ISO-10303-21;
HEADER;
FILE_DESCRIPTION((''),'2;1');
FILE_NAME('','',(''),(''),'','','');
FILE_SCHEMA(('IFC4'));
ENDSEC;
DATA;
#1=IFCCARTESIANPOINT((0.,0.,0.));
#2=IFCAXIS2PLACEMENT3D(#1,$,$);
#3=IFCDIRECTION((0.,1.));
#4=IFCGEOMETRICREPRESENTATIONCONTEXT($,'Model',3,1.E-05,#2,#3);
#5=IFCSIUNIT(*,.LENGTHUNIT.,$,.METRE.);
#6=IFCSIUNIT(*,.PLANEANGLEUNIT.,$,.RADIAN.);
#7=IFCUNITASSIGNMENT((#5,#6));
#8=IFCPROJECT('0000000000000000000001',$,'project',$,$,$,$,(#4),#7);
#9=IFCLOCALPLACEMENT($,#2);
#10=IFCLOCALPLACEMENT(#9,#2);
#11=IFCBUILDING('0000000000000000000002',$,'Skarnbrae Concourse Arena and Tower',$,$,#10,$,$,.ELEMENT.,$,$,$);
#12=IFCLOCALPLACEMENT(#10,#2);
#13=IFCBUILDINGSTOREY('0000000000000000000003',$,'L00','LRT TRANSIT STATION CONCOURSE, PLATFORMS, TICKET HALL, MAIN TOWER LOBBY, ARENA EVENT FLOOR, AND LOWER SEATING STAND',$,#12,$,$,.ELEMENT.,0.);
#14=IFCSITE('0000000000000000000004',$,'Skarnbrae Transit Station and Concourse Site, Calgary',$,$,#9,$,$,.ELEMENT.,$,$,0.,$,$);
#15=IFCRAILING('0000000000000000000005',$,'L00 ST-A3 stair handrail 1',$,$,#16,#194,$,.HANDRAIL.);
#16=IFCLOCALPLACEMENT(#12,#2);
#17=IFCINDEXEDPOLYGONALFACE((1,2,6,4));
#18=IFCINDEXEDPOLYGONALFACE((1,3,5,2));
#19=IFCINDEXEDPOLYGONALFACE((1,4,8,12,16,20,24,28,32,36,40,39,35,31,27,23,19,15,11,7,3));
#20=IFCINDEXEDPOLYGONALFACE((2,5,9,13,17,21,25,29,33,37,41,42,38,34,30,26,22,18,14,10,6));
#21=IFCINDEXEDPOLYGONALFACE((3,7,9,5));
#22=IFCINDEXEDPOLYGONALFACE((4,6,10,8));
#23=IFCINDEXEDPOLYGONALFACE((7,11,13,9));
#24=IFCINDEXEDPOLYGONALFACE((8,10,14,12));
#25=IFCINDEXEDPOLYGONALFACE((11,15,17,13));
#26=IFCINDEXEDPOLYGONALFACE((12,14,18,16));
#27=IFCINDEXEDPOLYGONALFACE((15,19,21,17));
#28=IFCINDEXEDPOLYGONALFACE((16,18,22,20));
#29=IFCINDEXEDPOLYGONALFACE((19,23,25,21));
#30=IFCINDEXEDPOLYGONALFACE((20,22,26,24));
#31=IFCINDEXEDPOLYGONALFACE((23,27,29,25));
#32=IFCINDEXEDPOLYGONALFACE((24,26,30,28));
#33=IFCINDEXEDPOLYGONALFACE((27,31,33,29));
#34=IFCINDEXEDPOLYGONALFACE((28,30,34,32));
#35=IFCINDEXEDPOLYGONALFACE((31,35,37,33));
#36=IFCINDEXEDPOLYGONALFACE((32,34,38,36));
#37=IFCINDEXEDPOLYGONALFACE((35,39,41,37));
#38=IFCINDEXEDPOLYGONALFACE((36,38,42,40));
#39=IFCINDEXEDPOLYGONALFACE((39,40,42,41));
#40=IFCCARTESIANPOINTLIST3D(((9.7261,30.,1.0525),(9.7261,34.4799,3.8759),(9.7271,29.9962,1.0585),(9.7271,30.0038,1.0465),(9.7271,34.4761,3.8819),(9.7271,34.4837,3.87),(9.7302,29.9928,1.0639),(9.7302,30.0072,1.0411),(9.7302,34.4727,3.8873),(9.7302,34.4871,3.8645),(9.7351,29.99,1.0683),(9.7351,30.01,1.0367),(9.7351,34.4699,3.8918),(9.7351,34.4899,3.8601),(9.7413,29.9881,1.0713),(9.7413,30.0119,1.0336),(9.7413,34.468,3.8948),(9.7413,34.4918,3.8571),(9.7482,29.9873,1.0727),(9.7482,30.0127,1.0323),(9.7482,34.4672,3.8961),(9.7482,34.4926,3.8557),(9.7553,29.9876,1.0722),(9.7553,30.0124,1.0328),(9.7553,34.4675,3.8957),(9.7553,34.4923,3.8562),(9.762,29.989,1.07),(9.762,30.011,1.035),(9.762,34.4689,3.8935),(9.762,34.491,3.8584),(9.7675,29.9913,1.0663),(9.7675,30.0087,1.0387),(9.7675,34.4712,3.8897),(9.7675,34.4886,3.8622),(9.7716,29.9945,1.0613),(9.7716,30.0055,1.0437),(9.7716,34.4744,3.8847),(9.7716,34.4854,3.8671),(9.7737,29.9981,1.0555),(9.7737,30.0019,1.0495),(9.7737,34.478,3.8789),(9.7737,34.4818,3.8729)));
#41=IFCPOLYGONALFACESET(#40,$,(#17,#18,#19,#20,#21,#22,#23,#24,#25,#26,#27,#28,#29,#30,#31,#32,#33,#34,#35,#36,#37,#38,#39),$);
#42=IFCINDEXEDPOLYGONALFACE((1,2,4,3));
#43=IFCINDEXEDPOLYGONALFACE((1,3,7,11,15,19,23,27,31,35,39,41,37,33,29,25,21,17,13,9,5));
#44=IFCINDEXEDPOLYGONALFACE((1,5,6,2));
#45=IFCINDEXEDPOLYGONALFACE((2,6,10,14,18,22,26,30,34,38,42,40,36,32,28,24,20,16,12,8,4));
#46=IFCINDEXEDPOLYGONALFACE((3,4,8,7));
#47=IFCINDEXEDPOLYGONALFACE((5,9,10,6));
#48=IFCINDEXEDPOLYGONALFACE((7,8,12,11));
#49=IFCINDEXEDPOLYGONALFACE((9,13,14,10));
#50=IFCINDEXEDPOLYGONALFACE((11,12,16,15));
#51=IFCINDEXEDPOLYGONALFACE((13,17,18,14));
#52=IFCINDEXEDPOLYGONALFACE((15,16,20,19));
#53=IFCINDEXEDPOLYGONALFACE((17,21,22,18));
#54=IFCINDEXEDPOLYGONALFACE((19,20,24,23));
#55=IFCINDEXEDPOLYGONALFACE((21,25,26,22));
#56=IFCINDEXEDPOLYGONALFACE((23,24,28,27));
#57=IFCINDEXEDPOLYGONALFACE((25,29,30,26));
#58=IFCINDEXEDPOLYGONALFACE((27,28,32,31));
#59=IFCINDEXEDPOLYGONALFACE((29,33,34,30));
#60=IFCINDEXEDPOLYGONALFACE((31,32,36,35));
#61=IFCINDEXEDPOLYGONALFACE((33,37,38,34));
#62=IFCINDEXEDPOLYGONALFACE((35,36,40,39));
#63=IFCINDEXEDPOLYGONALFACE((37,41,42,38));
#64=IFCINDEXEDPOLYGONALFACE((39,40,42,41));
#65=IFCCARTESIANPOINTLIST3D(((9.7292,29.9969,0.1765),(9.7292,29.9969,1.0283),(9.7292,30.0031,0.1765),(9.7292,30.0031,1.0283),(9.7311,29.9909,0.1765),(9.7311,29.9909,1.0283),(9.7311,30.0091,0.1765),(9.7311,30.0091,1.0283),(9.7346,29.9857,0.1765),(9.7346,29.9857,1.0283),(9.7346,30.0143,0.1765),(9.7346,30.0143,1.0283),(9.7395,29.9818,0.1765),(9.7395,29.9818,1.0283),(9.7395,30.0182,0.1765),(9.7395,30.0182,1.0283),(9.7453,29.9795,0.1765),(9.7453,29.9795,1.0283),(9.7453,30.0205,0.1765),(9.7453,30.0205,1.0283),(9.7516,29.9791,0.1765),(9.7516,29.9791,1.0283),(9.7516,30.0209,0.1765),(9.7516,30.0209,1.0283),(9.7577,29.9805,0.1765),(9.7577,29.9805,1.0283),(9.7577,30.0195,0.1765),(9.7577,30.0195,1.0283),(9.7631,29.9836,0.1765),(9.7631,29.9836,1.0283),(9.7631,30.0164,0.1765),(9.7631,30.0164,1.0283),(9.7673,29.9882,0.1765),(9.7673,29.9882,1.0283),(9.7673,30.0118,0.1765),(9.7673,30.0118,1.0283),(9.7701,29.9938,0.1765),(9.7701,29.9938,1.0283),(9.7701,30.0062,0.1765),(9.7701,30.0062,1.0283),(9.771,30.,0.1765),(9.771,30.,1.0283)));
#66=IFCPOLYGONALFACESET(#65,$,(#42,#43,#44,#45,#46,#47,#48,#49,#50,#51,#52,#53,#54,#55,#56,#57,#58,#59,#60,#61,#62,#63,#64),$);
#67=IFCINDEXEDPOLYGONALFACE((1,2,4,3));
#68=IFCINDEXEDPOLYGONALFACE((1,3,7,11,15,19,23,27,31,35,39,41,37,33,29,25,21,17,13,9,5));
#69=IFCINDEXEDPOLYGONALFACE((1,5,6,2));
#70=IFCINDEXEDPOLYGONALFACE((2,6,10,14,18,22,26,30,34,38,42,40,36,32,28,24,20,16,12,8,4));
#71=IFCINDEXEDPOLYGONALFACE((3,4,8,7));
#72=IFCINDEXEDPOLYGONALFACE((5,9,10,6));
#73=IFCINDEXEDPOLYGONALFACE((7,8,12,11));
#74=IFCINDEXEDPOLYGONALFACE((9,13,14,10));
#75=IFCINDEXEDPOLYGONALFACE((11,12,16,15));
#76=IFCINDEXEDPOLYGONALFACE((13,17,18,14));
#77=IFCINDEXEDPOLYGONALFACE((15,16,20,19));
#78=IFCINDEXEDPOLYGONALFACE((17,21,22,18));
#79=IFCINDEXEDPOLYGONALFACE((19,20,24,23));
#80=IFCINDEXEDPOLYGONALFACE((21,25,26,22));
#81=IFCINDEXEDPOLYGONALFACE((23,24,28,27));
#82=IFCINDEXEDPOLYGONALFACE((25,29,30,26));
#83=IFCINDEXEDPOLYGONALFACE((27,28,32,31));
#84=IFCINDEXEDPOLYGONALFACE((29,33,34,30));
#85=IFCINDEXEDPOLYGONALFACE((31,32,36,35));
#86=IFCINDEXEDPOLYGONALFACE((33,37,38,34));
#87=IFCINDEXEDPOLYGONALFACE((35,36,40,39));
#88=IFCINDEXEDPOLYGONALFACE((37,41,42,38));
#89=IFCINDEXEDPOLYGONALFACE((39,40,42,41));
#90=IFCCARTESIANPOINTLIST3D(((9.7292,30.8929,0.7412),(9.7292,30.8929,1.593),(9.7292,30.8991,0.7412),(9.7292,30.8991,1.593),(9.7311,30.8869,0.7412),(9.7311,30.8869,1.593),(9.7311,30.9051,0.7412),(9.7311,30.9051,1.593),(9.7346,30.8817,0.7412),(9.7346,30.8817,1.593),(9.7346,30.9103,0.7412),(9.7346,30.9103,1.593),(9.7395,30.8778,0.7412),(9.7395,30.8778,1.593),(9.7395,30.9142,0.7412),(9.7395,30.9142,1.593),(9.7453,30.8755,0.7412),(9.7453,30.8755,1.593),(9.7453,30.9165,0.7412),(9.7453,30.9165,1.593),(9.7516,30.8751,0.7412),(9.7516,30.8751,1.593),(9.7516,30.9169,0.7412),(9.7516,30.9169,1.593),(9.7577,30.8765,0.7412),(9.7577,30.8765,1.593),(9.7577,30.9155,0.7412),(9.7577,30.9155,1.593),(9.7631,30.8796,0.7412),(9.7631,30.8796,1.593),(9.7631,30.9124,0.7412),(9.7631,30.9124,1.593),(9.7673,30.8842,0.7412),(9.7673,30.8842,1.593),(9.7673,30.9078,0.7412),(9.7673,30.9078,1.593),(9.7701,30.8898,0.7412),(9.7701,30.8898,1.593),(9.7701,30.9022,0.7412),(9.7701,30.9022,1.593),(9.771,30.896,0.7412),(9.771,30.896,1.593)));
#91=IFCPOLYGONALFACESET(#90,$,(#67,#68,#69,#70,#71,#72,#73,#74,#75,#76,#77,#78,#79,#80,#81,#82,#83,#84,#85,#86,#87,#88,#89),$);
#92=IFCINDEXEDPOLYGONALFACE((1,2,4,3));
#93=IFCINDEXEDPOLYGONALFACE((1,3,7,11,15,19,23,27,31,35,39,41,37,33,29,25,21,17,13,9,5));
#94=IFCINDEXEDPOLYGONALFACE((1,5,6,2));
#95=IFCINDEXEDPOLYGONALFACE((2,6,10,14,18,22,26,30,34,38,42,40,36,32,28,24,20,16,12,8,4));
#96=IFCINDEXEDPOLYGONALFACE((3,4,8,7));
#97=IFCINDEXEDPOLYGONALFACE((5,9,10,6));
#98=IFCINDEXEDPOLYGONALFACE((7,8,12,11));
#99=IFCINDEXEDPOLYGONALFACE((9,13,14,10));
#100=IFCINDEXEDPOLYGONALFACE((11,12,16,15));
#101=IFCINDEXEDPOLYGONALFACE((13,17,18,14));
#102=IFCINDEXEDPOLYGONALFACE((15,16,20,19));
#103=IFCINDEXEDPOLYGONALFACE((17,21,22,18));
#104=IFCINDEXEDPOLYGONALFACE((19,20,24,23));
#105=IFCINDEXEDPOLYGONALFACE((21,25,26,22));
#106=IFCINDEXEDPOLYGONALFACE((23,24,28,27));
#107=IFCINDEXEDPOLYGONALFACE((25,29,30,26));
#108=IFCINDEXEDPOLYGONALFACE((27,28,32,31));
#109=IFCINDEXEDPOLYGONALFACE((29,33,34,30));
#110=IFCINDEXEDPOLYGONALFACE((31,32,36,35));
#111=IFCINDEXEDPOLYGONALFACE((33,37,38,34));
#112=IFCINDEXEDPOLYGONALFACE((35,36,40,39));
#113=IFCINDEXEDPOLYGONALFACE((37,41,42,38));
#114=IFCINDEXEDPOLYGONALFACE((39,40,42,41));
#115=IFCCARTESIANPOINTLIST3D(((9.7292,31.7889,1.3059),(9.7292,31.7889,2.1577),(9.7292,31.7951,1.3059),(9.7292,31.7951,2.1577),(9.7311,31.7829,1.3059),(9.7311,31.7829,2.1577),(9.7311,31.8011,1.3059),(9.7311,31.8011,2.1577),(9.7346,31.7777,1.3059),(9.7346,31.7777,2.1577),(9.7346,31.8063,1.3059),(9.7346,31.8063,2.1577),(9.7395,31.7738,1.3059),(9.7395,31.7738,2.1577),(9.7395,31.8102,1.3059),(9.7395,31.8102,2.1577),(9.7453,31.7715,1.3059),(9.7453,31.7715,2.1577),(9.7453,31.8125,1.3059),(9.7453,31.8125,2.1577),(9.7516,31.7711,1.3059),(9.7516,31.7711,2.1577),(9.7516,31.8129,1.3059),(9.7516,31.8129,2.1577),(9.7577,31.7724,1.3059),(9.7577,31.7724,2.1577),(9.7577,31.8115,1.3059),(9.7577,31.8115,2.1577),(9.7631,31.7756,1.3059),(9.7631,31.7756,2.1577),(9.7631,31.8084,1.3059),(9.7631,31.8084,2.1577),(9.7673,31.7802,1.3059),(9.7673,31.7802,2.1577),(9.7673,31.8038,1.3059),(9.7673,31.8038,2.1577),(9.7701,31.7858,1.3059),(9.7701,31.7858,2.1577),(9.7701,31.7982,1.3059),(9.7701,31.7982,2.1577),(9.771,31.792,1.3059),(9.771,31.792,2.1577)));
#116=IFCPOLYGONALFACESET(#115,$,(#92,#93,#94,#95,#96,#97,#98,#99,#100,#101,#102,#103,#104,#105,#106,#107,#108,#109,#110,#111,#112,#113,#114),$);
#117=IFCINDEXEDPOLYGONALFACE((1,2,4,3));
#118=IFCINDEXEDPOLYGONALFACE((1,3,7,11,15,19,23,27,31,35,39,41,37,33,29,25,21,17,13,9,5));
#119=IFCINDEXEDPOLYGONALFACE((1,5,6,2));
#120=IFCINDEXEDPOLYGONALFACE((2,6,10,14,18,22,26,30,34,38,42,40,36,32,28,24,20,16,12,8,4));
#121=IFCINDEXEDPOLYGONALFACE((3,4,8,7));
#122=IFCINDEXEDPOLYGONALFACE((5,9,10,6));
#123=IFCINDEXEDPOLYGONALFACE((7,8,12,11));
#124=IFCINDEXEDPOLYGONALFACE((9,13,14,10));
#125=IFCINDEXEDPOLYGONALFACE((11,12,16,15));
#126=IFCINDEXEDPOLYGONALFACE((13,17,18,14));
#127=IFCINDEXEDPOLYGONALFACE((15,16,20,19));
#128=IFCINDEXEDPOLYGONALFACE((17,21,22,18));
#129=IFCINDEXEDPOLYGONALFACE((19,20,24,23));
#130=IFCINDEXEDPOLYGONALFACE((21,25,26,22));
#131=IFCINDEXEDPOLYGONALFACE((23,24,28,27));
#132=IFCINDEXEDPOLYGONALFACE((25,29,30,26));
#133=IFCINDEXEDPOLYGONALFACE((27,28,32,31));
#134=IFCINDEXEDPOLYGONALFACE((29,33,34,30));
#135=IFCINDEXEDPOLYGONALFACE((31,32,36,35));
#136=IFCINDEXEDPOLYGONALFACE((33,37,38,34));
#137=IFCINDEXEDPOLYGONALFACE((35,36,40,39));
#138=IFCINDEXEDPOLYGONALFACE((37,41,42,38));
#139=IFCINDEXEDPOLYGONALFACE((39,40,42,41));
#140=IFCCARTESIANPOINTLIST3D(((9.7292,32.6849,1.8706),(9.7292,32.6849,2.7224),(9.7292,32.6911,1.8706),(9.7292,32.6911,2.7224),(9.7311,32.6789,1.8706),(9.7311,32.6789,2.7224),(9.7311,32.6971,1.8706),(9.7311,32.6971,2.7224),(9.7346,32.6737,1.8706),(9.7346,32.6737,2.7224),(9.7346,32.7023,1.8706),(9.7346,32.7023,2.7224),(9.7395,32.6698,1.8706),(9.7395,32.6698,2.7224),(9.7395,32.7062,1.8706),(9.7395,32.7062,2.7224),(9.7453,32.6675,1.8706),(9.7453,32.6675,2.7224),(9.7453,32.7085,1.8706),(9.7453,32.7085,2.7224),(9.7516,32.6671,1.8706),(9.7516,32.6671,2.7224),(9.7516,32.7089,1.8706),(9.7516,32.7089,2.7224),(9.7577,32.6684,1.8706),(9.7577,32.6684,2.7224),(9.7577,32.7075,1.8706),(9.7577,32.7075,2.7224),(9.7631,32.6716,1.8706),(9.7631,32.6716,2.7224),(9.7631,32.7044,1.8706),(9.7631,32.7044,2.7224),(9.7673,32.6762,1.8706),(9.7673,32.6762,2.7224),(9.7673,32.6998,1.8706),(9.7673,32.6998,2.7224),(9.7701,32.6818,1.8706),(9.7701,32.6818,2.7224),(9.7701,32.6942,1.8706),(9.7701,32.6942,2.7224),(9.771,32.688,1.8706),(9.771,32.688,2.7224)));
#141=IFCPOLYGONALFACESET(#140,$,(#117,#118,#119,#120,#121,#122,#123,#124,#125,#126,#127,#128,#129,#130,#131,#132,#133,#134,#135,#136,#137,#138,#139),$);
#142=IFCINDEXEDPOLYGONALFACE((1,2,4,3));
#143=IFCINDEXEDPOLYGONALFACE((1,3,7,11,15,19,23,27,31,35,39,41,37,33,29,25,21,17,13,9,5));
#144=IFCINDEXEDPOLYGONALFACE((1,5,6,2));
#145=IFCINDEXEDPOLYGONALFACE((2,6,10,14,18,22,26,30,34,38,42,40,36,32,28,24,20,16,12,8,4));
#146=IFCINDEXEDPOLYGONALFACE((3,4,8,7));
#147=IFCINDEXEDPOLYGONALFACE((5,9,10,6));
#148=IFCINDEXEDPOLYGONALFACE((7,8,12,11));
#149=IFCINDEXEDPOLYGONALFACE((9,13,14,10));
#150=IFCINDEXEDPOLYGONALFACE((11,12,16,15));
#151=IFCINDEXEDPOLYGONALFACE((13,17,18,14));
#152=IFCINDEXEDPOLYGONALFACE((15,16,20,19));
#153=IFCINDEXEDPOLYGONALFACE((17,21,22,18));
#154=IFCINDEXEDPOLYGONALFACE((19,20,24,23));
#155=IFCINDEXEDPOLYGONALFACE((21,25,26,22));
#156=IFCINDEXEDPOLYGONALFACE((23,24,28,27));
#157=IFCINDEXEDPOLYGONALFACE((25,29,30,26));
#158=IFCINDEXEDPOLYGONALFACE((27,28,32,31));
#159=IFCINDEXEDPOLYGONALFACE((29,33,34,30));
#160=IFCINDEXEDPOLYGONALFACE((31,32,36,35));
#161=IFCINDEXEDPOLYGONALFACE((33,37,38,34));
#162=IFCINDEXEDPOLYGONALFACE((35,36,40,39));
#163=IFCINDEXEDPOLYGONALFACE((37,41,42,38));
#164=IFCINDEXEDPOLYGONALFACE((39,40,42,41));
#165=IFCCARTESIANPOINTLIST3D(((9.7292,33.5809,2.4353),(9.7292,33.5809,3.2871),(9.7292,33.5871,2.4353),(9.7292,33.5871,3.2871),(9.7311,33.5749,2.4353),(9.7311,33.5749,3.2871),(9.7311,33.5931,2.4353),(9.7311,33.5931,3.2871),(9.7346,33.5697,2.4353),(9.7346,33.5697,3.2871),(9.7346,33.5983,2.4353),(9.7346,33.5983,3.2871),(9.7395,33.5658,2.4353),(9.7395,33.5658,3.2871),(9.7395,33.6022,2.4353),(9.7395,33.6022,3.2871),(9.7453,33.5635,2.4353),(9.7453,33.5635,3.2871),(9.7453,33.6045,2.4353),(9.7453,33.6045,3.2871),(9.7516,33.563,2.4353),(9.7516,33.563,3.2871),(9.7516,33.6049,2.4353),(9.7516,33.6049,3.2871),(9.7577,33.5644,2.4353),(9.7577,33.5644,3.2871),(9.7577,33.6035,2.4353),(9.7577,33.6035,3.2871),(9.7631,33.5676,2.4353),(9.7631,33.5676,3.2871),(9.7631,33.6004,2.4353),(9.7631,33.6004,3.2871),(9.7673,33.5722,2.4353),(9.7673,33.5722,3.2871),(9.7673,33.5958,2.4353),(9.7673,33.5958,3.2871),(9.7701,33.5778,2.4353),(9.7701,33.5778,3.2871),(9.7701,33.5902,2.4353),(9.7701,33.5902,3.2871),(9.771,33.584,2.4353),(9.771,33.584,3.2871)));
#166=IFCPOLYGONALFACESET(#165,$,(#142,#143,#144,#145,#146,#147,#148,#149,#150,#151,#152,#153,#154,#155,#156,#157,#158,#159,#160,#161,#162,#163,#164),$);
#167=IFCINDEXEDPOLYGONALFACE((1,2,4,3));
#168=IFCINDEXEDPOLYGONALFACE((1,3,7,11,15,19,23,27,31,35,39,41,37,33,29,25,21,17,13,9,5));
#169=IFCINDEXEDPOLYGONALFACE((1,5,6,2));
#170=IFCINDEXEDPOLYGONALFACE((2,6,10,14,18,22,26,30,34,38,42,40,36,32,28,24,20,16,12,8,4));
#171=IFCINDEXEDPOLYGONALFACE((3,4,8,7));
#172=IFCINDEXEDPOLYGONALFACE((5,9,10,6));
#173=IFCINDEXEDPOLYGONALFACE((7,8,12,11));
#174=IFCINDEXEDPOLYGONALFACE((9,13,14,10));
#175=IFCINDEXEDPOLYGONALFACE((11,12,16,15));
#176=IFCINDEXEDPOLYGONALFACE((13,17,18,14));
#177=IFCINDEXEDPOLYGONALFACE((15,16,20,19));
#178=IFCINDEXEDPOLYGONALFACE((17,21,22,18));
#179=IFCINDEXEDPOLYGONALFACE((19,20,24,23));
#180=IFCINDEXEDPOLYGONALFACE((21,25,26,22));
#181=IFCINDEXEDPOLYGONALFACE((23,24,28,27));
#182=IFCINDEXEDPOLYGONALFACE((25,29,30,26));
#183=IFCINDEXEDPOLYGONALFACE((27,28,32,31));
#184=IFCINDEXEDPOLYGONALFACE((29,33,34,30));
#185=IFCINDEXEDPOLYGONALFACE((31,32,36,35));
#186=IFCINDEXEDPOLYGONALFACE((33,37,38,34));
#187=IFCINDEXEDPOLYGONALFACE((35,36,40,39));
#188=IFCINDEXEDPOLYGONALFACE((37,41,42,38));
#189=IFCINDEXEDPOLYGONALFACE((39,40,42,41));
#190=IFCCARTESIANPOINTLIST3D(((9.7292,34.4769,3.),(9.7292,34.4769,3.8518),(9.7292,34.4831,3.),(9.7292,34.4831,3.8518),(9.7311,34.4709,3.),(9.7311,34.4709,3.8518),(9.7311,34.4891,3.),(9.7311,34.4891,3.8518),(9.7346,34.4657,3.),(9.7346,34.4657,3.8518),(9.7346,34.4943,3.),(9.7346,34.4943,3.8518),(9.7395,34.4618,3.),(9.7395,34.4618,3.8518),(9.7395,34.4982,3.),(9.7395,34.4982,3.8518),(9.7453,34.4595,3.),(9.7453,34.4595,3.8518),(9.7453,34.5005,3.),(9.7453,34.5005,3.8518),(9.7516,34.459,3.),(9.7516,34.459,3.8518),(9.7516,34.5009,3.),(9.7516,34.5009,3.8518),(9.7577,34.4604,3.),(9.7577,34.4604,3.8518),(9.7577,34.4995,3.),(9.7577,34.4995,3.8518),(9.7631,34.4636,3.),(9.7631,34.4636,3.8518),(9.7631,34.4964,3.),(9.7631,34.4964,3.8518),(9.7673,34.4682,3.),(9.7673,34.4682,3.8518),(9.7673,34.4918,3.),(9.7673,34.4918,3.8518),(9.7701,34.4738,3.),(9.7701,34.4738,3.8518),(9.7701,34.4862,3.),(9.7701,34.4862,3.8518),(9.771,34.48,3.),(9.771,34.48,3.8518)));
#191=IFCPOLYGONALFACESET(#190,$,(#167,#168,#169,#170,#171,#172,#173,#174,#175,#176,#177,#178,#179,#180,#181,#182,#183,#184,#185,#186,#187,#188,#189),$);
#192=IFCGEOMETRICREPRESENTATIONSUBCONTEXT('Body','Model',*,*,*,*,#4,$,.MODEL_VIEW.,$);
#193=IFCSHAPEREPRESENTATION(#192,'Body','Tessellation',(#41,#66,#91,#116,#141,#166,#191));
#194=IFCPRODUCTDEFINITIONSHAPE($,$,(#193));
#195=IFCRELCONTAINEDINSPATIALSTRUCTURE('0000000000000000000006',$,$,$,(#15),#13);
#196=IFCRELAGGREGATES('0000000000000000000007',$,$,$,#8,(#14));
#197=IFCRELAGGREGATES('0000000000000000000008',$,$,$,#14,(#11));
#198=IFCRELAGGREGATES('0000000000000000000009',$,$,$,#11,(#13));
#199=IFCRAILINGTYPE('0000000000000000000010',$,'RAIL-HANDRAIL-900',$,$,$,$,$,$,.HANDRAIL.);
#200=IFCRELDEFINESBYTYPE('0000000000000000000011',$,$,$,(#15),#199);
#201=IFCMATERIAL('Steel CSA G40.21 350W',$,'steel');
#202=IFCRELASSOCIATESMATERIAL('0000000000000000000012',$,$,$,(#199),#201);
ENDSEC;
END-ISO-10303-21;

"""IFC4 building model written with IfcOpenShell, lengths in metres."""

from ifc_helpers import new_model, si_unit, direction, frame, origin, origin_2d, place, context, subcontext, project, spatial, circle, extrude, material, type_object, element, save


model = new_model("IFC4")

# Units and contexts
model_context = context("Model", 3, precision=1e-05, world=origin(), true_north=direction((0.0, 1.0)))
body_context = subcontext(model_context, "Body", "Model", "MODEL_VIEW")
ifc_project = project(units=[si_unit("LENGTHUNIT", "METRE"), si_unit("PLANEANGLEUNIT", "RADIAN")], contexts=[model_context])

# Site, building, storey
site_placement = place(None, origin())
site = spatial("IfcSite", under=ifc_project, at=site_placement, Name="Skarnbrae Transit Station and Concourse Site, Calgary", CompositionType="ELEMENT", RefElevation=0.0)
building_placement = place(site_placement, origin())
building = spatial("IfcBuilding", under=site, at=building_placement, Name="Skarnbrae Concourse Arena and Tower", CompositionType="ELEMENT")
storey_placement = place(building_placement, origin())
storey = spatial("IfcBuildingStorey", under=building, at=storey_placement, Name="L00", Description="LRT TRANSIT STATION CONCOURSE, PLATFORMS, TICKET HALL, MAIN TOWER LOBBY, ARENA EVENT FLOOR, AND LOWER SEATING STAND", CompositionType="ELEMENT", Elevation=0.0)

# Shared definitions
ifc_material_1 = material(Name="Steel CSA G40.21 350W", Category="steel")

# Railing
railing_type_1 = type_object("IfcRailingType", Name="RAIL-HANDRAIL-900", PredefinedType="HANDRAIL", material=ifc_material_1)
railing_1_placement = place(storey_placement, frame((9.75, 30.0, 0.1765)))
element("IfcRailing", 1, at=railing_1_placement, inside=storey, type_object=railing_type_1, Name="L00 ST-A3 stair handrail 1", PredefinedType="HANDRAIL", context=body_context, shape_type="SweptSolid", body=[
    extrude(circle(Radius=0.0239, at=origin_2d()), frame((0.0, 0.0, 0.876), z_axis=(0.0, 0.845998, 0.533186), x_axis=(-1.0, 0.0, 0.0)), (0.0, 0.0, 1.0), 5.2954),
    extrude(circle(Radius=0.021, at=origin_2d()), origin(), (0.0, 0.0, 1.0), 0.8518),
    extrude(circle(Radius=0.021, at=origin_2d()), frame((0.0, 0.896, 0.5647)), (0.0, 0.0, 1.0), 0.8518),
    extrude(circle(Radius=0.021, at=origin_2d()), frame((0.0, 1.792, 1.1294)), (0.0, 0.0, 1.0), 0.8518),
    extrude(circle(Radius=0.021, at=origin_2d()), frame((0.0, 2.688, 1.6941)), (0.0, 0.0, 1.0), 0.8518),
    extrude(circle(Radius=0.021, at=origin_2d()), frame((0.0, 3.584, 2.2588)), (0.0, 0.0, 1.0), 0.8518),
    extrude(circle(Radius=0.021, at=origin_2d()), frame((0.0, 4.48, 2.8235)), (0.0, 0.0, 1.0), 0.8518),
])

save(model, "model.ifc")
